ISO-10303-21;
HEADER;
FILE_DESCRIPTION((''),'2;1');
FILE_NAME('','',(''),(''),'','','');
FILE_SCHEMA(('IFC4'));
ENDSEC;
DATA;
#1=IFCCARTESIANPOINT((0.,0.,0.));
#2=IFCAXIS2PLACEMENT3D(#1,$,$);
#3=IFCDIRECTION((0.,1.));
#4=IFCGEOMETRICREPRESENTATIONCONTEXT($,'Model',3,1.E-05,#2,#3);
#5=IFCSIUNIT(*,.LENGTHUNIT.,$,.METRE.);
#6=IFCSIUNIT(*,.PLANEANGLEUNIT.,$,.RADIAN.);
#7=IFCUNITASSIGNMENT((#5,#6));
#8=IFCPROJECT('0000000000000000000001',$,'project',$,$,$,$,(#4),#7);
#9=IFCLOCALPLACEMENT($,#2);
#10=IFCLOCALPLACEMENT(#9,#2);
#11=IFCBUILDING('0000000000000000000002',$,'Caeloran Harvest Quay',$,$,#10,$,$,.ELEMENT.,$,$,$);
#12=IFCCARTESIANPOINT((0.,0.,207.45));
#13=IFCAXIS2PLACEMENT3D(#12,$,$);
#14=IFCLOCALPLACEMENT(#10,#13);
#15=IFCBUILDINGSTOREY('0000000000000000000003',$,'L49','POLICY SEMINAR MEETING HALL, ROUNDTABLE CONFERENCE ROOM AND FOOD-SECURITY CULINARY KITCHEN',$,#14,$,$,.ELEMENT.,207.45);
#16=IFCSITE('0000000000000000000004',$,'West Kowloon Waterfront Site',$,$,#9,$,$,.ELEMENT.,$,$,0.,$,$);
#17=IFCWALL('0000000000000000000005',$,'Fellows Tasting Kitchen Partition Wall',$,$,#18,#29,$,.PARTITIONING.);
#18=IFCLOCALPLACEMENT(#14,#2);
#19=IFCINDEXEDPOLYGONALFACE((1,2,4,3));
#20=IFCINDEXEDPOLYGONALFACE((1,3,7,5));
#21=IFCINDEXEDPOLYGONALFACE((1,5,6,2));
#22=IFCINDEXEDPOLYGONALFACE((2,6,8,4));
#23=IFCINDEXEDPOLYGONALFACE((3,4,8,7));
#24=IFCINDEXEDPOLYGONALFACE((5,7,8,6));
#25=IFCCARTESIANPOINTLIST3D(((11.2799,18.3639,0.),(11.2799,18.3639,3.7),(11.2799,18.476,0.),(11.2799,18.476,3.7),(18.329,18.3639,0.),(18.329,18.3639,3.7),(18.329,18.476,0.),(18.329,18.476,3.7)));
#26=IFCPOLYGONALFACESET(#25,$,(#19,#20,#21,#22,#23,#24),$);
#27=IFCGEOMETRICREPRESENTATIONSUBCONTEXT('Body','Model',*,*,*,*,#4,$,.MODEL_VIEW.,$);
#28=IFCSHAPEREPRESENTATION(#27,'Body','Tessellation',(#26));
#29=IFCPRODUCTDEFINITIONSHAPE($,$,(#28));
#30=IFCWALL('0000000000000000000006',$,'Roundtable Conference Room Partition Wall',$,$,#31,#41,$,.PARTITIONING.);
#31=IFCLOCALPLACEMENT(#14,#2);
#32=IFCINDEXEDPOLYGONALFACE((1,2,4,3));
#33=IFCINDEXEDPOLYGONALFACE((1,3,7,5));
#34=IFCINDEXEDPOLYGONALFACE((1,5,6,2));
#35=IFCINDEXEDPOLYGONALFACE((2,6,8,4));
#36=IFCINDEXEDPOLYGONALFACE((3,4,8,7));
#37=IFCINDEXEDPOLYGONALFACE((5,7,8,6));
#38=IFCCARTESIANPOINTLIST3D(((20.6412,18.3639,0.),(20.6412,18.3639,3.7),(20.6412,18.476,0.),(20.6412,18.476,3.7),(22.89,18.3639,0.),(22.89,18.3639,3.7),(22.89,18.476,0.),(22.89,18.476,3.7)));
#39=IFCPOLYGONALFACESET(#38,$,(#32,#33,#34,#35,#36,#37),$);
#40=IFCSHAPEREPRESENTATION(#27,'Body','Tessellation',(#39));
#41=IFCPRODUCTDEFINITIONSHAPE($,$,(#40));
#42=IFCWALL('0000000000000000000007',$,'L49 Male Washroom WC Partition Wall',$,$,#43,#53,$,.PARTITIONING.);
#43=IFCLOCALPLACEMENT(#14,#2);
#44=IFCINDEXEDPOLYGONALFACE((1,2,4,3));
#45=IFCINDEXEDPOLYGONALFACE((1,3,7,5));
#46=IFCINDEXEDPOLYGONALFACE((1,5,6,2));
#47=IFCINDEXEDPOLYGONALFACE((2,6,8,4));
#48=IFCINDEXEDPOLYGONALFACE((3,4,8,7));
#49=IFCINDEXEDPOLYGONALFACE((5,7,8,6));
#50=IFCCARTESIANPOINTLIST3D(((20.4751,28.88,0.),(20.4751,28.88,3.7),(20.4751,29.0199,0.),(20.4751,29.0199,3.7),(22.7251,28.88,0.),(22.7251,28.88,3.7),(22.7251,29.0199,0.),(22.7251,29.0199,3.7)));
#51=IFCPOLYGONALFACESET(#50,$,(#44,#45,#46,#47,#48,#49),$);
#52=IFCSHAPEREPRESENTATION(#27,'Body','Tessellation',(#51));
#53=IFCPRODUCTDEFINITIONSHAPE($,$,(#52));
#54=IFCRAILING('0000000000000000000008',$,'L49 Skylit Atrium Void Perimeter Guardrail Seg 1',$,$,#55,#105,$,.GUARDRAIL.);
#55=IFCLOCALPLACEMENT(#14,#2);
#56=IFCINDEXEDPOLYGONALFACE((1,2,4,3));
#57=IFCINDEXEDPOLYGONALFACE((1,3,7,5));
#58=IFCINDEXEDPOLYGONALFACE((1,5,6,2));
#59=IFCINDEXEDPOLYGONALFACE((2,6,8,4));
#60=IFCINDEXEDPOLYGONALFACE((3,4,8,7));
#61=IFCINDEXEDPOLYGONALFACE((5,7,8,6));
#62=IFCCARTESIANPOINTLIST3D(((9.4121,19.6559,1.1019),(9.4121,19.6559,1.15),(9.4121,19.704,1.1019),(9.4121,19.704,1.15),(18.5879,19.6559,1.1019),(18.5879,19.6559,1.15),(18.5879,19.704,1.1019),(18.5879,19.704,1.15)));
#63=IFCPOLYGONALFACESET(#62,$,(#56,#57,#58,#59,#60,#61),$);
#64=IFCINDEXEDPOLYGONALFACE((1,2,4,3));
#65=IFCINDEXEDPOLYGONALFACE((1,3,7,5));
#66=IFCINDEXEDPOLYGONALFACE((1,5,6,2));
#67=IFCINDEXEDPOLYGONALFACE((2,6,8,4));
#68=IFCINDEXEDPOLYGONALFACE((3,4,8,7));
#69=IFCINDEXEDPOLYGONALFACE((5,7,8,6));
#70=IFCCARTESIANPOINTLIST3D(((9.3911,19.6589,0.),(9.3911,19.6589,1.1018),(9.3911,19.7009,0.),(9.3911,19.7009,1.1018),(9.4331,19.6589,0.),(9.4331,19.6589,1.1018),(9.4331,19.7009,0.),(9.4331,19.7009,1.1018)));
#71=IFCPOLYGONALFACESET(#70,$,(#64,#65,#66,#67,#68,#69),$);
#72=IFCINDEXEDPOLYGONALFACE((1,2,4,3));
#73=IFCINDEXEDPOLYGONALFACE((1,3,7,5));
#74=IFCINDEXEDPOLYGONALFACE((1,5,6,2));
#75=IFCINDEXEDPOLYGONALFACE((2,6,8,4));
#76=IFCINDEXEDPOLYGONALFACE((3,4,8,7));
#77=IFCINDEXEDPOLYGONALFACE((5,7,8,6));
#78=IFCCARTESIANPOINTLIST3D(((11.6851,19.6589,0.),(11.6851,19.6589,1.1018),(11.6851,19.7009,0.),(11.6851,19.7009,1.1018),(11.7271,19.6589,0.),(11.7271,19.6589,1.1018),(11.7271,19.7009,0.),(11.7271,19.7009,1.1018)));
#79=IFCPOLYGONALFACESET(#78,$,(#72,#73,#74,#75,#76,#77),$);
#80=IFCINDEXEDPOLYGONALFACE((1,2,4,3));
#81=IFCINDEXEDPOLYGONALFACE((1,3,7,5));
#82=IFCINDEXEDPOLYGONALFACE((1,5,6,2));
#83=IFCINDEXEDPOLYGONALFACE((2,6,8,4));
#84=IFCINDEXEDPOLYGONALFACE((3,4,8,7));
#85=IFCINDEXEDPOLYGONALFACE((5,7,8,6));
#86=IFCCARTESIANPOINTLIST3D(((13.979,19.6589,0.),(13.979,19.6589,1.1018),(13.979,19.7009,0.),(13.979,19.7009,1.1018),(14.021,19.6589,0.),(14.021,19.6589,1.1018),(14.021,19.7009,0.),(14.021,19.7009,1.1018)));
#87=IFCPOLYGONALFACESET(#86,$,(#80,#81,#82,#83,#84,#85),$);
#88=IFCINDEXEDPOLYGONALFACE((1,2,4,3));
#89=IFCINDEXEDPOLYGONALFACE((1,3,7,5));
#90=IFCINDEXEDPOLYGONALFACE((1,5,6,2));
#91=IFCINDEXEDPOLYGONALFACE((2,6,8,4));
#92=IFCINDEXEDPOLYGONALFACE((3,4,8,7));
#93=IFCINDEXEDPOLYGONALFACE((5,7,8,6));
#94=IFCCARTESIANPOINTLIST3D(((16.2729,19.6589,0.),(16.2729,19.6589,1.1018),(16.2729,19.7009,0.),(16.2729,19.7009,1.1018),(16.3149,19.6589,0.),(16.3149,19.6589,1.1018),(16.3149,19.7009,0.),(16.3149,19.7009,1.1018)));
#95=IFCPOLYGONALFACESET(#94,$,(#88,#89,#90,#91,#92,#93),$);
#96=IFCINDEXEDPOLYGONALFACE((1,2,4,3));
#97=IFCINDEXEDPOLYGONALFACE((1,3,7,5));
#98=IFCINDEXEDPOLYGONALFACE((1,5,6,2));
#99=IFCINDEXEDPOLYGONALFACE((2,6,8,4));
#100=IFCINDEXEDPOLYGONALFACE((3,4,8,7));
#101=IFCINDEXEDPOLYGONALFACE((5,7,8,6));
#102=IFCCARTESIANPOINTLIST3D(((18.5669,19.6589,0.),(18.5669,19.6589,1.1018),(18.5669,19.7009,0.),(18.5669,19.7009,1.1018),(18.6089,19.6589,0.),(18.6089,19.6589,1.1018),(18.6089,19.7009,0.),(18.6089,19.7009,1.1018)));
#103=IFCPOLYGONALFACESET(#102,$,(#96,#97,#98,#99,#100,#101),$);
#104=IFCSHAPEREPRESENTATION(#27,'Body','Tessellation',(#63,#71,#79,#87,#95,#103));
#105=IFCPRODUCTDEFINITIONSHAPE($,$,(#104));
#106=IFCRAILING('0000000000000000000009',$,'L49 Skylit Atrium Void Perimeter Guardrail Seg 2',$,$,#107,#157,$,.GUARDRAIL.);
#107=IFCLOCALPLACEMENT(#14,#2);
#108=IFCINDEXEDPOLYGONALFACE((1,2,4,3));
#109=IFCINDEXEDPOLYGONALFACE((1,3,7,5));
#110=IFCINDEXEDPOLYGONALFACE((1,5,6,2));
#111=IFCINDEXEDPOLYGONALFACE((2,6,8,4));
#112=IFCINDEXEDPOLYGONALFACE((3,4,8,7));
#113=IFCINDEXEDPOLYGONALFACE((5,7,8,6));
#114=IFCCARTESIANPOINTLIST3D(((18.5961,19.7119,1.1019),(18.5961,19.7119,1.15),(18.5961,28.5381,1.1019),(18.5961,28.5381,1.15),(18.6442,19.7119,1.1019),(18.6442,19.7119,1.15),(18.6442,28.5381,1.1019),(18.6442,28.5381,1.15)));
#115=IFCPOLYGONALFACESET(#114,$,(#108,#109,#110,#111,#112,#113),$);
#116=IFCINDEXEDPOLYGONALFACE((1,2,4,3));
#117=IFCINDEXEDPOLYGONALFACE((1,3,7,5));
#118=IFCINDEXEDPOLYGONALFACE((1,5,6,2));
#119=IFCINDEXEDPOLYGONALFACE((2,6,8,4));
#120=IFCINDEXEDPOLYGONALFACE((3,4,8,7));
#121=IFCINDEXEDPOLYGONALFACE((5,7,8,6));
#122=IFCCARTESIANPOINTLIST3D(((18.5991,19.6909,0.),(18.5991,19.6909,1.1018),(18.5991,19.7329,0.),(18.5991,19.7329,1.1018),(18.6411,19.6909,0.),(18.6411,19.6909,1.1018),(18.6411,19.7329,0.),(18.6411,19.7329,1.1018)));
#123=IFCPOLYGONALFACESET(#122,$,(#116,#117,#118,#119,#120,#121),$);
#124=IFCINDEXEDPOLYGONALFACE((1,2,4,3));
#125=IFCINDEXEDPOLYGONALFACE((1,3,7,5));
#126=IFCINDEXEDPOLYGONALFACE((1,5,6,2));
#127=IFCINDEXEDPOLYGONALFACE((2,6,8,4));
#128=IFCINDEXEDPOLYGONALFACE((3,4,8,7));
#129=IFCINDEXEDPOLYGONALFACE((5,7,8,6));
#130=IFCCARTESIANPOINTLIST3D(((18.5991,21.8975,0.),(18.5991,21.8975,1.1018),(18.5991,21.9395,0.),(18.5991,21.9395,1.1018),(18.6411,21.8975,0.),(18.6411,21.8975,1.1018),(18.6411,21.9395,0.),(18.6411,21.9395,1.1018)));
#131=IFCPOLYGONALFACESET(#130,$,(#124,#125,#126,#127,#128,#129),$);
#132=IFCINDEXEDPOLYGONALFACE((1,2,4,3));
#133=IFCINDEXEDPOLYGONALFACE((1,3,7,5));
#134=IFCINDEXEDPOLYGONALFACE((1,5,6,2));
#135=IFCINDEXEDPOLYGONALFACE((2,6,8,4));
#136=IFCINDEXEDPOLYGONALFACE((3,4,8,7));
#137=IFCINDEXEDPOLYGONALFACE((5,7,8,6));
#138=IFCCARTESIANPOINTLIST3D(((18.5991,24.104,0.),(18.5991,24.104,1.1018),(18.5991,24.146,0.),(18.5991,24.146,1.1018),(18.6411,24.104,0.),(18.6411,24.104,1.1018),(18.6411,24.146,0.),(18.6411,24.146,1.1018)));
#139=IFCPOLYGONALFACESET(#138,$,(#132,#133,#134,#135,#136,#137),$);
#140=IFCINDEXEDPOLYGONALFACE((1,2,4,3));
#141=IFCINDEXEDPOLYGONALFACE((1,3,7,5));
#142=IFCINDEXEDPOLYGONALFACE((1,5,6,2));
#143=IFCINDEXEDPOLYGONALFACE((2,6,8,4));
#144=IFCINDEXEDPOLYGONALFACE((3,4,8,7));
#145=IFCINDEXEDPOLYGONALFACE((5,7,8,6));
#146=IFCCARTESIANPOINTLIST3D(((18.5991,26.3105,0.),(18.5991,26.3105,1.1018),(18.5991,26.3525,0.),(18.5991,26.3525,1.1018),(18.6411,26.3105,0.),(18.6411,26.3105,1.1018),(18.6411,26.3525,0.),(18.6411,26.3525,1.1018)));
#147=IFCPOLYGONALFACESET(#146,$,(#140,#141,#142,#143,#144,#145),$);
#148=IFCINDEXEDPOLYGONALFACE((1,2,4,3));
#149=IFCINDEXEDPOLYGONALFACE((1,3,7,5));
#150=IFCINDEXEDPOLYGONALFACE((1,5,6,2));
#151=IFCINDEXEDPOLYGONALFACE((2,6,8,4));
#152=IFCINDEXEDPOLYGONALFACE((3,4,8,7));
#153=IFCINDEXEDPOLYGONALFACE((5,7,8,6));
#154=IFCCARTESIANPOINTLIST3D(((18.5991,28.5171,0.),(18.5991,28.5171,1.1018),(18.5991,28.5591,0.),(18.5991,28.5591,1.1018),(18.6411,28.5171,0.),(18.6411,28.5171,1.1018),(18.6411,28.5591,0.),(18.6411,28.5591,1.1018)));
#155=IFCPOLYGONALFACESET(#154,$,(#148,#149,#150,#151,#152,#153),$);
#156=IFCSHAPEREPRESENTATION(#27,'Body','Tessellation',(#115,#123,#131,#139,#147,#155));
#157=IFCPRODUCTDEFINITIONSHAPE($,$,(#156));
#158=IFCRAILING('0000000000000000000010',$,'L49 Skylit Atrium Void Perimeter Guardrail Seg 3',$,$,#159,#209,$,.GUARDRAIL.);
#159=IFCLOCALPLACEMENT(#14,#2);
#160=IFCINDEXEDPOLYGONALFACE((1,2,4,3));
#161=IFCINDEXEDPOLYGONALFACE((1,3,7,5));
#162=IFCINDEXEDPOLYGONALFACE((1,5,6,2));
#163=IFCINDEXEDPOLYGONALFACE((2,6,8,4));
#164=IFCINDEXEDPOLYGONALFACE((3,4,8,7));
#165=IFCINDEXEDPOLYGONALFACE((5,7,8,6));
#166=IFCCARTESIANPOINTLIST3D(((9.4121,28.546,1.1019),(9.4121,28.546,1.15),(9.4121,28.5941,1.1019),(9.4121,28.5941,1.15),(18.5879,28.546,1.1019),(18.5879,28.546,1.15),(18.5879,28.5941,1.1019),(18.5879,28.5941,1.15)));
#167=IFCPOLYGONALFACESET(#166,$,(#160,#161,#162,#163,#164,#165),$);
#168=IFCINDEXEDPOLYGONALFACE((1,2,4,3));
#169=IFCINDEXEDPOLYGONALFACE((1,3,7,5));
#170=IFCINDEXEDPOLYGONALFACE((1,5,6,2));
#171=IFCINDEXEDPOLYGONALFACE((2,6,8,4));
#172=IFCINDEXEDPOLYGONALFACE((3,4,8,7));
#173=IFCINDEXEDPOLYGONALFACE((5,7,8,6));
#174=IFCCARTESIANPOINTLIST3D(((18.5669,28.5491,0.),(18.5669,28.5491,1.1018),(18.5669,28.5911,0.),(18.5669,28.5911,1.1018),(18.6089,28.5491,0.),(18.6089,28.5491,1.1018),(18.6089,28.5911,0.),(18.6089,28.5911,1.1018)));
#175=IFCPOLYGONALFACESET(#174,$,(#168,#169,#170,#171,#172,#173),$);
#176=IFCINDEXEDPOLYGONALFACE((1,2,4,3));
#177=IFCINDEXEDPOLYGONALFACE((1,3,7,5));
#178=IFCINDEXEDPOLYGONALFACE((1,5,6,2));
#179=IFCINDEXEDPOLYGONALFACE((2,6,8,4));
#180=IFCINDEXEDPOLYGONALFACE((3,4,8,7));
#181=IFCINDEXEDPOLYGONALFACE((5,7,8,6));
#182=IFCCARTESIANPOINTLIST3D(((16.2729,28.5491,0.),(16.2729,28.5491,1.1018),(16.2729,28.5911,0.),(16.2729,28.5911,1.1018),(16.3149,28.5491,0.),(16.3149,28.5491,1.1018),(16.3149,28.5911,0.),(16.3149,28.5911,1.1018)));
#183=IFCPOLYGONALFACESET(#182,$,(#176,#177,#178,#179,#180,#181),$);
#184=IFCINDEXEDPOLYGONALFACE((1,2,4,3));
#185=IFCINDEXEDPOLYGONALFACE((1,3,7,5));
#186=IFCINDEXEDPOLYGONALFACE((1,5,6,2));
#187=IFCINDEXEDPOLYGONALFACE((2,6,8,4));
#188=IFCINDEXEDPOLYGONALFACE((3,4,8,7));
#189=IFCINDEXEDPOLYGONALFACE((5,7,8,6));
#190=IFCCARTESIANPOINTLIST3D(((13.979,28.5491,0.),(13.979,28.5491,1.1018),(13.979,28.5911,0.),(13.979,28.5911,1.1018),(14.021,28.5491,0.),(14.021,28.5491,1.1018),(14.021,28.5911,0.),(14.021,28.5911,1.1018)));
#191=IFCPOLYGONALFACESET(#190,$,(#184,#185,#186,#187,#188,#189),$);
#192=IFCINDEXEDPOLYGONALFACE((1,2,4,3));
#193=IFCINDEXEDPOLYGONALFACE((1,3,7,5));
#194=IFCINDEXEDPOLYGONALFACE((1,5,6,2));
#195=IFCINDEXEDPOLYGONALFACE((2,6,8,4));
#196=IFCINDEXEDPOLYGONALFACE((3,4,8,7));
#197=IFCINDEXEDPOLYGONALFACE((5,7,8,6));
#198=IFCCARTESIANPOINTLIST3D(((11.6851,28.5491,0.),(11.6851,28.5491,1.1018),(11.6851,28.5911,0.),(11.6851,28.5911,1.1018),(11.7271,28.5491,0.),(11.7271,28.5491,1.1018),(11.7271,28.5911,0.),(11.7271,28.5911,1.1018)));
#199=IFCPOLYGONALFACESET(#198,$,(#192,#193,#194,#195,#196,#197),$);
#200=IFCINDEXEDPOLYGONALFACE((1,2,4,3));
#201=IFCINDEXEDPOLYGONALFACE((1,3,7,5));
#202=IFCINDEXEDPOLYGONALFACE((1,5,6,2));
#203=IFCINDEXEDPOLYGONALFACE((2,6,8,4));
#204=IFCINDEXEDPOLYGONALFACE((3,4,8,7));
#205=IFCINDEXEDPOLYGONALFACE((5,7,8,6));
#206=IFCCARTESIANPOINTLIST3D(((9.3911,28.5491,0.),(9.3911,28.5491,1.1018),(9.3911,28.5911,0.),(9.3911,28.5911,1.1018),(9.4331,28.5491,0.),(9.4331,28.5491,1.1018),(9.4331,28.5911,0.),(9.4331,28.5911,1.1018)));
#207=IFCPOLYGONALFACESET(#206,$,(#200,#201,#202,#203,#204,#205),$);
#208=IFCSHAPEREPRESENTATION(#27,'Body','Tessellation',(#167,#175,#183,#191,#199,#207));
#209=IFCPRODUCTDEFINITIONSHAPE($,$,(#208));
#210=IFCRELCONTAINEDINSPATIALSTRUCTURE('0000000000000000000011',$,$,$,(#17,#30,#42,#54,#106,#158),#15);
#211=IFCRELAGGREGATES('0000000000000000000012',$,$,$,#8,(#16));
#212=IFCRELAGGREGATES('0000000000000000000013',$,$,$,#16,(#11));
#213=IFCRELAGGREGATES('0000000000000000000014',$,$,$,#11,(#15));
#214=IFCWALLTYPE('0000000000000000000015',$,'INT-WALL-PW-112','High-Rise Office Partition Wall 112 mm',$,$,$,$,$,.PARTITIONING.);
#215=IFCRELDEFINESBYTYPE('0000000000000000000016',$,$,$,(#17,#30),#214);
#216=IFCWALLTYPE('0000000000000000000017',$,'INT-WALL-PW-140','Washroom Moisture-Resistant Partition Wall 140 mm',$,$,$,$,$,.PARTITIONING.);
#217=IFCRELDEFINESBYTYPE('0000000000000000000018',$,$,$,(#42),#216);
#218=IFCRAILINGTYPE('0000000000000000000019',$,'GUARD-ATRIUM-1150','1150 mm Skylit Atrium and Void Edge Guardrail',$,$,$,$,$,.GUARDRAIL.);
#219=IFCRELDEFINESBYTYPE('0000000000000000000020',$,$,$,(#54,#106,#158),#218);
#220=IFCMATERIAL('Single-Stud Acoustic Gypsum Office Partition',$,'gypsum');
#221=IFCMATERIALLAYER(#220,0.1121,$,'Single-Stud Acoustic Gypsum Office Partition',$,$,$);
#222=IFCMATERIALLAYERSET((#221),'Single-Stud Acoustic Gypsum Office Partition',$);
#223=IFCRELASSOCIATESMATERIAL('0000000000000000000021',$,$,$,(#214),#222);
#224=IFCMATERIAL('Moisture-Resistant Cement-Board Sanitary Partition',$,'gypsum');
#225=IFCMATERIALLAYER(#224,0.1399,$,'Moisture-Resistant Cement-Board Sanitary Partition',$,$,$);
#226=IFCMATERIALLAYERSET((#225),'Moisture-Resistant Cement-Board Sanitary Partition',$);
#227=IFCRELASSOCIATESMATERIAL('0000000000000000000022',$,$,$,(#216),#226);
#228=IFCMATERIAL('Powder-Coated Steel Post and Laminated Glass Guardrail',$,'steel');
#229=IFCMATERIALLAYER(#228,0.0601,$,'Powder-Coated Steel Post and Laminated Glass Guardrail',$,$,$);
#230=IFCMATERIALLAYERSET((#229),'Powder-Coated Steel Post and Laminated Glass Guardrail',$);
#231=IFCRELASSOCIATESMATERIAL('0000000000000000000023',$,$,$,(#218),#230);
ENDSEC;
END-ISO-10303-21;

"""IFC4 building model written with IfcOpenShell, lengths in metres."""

from ifc_helpers import new_model, si_unit, direction, frame, frame_2d, origin, origin_2d, place, context, subcontext, project, spatial, rectangle, extrude, material, layer, layer_set, type_object, element, save


model = new_model("IFC4")

# Units and contexts
model_context = context("Model", 3, precision=1e-05, world=origin(), true_north=direction((0.0, 1.0)))
body_context = subcontext(model_context, "Body", "Model", "MODEL_VIEW")
ifc_project = project(units=[si_unit("LENGTHUNIT", "METRE"), si_unit("PLANEANGLEUNIT", "RADIAN")], contexts=[model_context])

# Site, building, storey
site_placement = place(None, origin())
site = spatial("IfcSite", under=ifc_project, at=site_placement, Name="West Kowloon Waterfront Site", CompositionType="ELEMENT", RefElevation=0.0)
building_placement = place(site_placement, origin())
building = spatial("IfcBuilding", under=site, at=building_placement, Name="Caeloran Harvest Quay", CompositionType="ELEMENT")
storey_placement = place(building_placement, frame((0.0, 0.0, 207.45)))
storey = spatial("IfcBuildingStorey", under=building, at=storey_placement, Name="L49", Description="POLICY SEMINAR MEETING HALL, ROUNDTABLE CONFERENCE ROOM AND FOOD-SECURITY CULINARY KITCHEN", CompositionType="ELEMENT", Elevation=207.45)

# Walls
ifc_material_1 = material(Name="Single-Stud Acoustic Gypsum Office Partition", Category="gypsum")
ifc_layer_1 = layer(ifc_material_1, 0.1121, Name="Single-Stud Acoustic Gypsum Office Partition")
ifc_layer_set_1 = layer_set([ifc_layer_1], Name="Single-Stud Acoustic Gypsum Office Partition")
wall_type_1 = type_object("IfcWallType", Name="INT-WALL-PW-112", Description="High-Rise Office Partition Wall 112 mm", PredefinedType="PARTITIONING", material=ifc_layer_set_1)
wall_1_placement = place(storey_placement, frame((11.28, 18.4199, 0.0), z_axis=(0.0, 0.0, 1.0), x_axis=(1.0, 0.0, 0.0)))
element("IfcWall", 1, at=wall_1_placement, inside=storey, type_object=wall_type_1, Name="Fellows Tasting Kitchen Partition Wall", PredefinedType="PARTITIONING", context=body_context, shape_type="SweptSolid", body=[
    extrude(rectangle(XDim=7.0491, YDim=0.1121, at=frame_2d((3.5244, 0.0))), origin(), (0.0, 0.0, 1.0), 3.7),
])
wall_2_placement = place(storey_placement, frame((20.6411, 18.4199, 0.0), z_axis=(0.0, 0.0, 1.0), x_axis=(1.0, 0.0, 0.0)))
element("IfcWall", 2, at=wall_2_placement, inside=storey, type_object=wall_type_1, Name="Roundtable Conference Room Partition Wall", PredefinedType="PARTITIONING", context=body_context, shape_type="SweptSolid", body=[
    extrude(rectangle(XDim=2.2488, YDim=0.1121, at=frame_2d((1.1245, 0.0))), origin(), (0.0, 0.0, 1.0), 3.7),
])

# Shared definitions
ifc_material_2 = material(Name="Moisture-Resistant Cement-Board Sanitary Partition", Category="gypsum")
ifc_layer_2 = layer(ifc_material_2, 0.1399, Name="Moisture-Resistant Cement-Board Sanitary Partition")
ifc_layer_set_2 = layer_set([ifc_layer_2], Name="Moisture-Resistant Cement-Board Sanitary Partition")
wall_type_2 = type_object("IfcWallType", Name="INT-WALL-PW-140", Description="Washroom Moisture-Resistant Partition Wall 140 mm", PredefinedType="PARTITIONING", material=ifc_layer_set_2)

# Wall
wall_3_placement = place(storey_placement, frame((20.4751, 28.95, 0.0), z_axis=(0.0, 0.0, 1.0), x_axis=(1.0, 0.0, 0.0)))
element("IfcWall", 3, at=wall_3_placement, inside=storey, type_object=wall_type_2, Name="L49 Male Washroom WC Partition Wall", PredefinedType="PARTITIONING", context=body_context, shape_type="SweptSolid", body=[
    extrude(rectangle(XDim=2.25, YDim=0.1399, at=frame_2d((1.125, 0.0))), origin(), (0.0, 0.0, 1.0), 3.7),
])

# Railings
ifc_material_3 = material(Name="Powder-Coated Steel Post and Laminated Glass Guardrail", Category="steel")
ifc_layer_3 = layer(ifc_material_3, 0.0601, Name="Powder-Coated Steel Post and Laminated Glass Guardrail")
ifc_layer_set_3 = layer_set([ifc_layer_3], Name="Powder-Coated Steel Post and Laminated Glass Guardrail")
railing_type = type_object("IfcRailingType", Name="GUARD-ATRIUM-1150", Description="1150 mm Skylit Atrium and Void Edge Guardrail", PredefinedType="GUARDRAIL", material=ifc_layer_set_3)
railing_1_placement = place(storey_placement, frame((9.4121, 19.6799, 0.0)))
element("IfcRailing", 4, at=railing_1_placement, inside=storey, type_object=railing_type, Name="L49 Skylit Atrium Void Perimeter Guardrail Seg 1", PredefinedType="GUARDRAIL", context=body_context, shape_type="SweptSolid", body=[
    extrude(rectangle(XDim=0.0481, YDim=0.0481, at=origin_2d()), frame((0.0, 0.0, 1.126), z_axis=(1.0, 0.0, 0.0), x_axis=(0.0, 1.0, 0.0)), (0.0, 0.0, 1.0), 9.1758),
    extrude(rectangle(XDim=0.042, YDim=0.042, at=origin_2d()), origin(), (0.0, 0.0, 1.0), 1.1018),
    extrude(rectangle(XDim=0.042, YDim=0.042, at=origin_2d()), frame((2.2939, 0.0, 0.0)), (0.0, 0.0, 1.0), 1.1018),
    extrude(rectangle(XDim=0.042, YDim=0.042, at=origin_2d()), frame((4.5879, 0.0, 0.0)), (0.0, 0.0, 1.0), 1.1018),
    extrude(rectangle(XDim=0.042, YDim=0.042, at=origin_2d()), frame((6.8818, 0.0, 0.0)), (0.0, 0.0, 1.0), 1.1018),
    extrude(rectangle(XDim=0.042, YDim=0.042, at=origin_2d()), frame((9.1758, 0.0, 0.0)), (0.0, 0.0, 1.0), 1.1018),
])
railing_2_placement = place(storey_placement, frame((18.6201, 19.7119, 0.0)))
element("IfcRailing", 5, at=railing_2_placement, inside=storey, type_object=railing_type, Name="L49 Skylit Atrium Void Perimeter Guardrail Seg 2", PredefinedType="GUARDRAIL", context=body_context, shape_type="SweptSolid", body=[
    extrude(rectangle(XDim=0.0481, YDim=0.0481, at=origin_2d()), frame((0.0, 0.0, 1.126), z_axis=(0.0, 1.0, 0.0), x_axis=(-1.0, 0.0, 0.0)), (0.0, 0.0, 1.0), 8.8262),
    extrude(rectangle(XDim=0.042, YDim=0.042, at=origin_2d()), origin(), (0.0, 0.0, 1.0), 1.1018),
    extrude(rectangle(XDim=0.042, YDim=0.042, at=origin_2d()), frame((0.0, 2.2065, 0.0)), (0.0, 0.0, 1.0), 1.1018),
    extrude(rectangle(XDim=0.042, YDim=0.042, at=origin_2d()), frame((0.0, 4.4131, 0.0)), (0.0, 0.0, 1.0), 1.1018),
    extrude(rectangle(XDim=0.042, YDim=0.042, at=origin_2d()), frame((0.0, 6.6196, 0.0)), (0.0, 0.0, 1.0), 1.1018),
    extrude(rectangle(XDim=0.042, YDim=0.042, at=origin_2d()), frame((0.0, 8.8262, 0.0)), (0.0, 0.0, 1.0), 1.1018),
])
railing_3_placement = place(storey_placement, frame((18.5879, 28.5701, 0.0)))
element("IfcRailing", 6, at=railing_3_placement, inside=storey, type_object=railing_type, Name="L49 Skylit Atrium Void Perimeter Guardrail Seg 3", PredefinedType="GUARDRAIL", context=body_context, shape_type="SweptSolid", body=[
    extrude(rectangle(XDim=0.0481, YDim=0.0481, at=origin_2d()), frame((0.0, 0.0, 1.126), z_axis=(-1.0, 0.0, 0.0), x_axis=(0.0, -1.0, 0.0)), (0.0, 0.0, 1.0), 9.1758),
    extrude(rectangle(XDim=0.042, YDim=0.042, at=origin_2d()), origin(), (0.0, 0.0, 1.0), 1.1018),
    extrude(rectangle(XDim=0.042, YDim=0.042, at=origin_2d()), frame((-2.2939, 0.0, 0.0)), (0.0, 0.0, 1.0), 1.1018),
    extrude(rectangle(XDim=0.042, YDim=0.042, at=origin_2d()), frame((-4.5879, 0.0, 0.0)), (0.0, 0.0, 1.0), 1.1018),
    extrude(rectangle(XDim=0.042, YDim=0.042, at=origin_2d()), frame((-6.8818, 0.0, 0.0)), (0.0, 0.0, 1.0), 1.1018),
    extrude(rectangle(XDim=0.042, YDim=0.042, at=origin_2d()), frame((-9.1758, 0.0, 0.0)), (0.0, 0.0, 1.0), 1.1018),
])

save(model, "model.ifc")
